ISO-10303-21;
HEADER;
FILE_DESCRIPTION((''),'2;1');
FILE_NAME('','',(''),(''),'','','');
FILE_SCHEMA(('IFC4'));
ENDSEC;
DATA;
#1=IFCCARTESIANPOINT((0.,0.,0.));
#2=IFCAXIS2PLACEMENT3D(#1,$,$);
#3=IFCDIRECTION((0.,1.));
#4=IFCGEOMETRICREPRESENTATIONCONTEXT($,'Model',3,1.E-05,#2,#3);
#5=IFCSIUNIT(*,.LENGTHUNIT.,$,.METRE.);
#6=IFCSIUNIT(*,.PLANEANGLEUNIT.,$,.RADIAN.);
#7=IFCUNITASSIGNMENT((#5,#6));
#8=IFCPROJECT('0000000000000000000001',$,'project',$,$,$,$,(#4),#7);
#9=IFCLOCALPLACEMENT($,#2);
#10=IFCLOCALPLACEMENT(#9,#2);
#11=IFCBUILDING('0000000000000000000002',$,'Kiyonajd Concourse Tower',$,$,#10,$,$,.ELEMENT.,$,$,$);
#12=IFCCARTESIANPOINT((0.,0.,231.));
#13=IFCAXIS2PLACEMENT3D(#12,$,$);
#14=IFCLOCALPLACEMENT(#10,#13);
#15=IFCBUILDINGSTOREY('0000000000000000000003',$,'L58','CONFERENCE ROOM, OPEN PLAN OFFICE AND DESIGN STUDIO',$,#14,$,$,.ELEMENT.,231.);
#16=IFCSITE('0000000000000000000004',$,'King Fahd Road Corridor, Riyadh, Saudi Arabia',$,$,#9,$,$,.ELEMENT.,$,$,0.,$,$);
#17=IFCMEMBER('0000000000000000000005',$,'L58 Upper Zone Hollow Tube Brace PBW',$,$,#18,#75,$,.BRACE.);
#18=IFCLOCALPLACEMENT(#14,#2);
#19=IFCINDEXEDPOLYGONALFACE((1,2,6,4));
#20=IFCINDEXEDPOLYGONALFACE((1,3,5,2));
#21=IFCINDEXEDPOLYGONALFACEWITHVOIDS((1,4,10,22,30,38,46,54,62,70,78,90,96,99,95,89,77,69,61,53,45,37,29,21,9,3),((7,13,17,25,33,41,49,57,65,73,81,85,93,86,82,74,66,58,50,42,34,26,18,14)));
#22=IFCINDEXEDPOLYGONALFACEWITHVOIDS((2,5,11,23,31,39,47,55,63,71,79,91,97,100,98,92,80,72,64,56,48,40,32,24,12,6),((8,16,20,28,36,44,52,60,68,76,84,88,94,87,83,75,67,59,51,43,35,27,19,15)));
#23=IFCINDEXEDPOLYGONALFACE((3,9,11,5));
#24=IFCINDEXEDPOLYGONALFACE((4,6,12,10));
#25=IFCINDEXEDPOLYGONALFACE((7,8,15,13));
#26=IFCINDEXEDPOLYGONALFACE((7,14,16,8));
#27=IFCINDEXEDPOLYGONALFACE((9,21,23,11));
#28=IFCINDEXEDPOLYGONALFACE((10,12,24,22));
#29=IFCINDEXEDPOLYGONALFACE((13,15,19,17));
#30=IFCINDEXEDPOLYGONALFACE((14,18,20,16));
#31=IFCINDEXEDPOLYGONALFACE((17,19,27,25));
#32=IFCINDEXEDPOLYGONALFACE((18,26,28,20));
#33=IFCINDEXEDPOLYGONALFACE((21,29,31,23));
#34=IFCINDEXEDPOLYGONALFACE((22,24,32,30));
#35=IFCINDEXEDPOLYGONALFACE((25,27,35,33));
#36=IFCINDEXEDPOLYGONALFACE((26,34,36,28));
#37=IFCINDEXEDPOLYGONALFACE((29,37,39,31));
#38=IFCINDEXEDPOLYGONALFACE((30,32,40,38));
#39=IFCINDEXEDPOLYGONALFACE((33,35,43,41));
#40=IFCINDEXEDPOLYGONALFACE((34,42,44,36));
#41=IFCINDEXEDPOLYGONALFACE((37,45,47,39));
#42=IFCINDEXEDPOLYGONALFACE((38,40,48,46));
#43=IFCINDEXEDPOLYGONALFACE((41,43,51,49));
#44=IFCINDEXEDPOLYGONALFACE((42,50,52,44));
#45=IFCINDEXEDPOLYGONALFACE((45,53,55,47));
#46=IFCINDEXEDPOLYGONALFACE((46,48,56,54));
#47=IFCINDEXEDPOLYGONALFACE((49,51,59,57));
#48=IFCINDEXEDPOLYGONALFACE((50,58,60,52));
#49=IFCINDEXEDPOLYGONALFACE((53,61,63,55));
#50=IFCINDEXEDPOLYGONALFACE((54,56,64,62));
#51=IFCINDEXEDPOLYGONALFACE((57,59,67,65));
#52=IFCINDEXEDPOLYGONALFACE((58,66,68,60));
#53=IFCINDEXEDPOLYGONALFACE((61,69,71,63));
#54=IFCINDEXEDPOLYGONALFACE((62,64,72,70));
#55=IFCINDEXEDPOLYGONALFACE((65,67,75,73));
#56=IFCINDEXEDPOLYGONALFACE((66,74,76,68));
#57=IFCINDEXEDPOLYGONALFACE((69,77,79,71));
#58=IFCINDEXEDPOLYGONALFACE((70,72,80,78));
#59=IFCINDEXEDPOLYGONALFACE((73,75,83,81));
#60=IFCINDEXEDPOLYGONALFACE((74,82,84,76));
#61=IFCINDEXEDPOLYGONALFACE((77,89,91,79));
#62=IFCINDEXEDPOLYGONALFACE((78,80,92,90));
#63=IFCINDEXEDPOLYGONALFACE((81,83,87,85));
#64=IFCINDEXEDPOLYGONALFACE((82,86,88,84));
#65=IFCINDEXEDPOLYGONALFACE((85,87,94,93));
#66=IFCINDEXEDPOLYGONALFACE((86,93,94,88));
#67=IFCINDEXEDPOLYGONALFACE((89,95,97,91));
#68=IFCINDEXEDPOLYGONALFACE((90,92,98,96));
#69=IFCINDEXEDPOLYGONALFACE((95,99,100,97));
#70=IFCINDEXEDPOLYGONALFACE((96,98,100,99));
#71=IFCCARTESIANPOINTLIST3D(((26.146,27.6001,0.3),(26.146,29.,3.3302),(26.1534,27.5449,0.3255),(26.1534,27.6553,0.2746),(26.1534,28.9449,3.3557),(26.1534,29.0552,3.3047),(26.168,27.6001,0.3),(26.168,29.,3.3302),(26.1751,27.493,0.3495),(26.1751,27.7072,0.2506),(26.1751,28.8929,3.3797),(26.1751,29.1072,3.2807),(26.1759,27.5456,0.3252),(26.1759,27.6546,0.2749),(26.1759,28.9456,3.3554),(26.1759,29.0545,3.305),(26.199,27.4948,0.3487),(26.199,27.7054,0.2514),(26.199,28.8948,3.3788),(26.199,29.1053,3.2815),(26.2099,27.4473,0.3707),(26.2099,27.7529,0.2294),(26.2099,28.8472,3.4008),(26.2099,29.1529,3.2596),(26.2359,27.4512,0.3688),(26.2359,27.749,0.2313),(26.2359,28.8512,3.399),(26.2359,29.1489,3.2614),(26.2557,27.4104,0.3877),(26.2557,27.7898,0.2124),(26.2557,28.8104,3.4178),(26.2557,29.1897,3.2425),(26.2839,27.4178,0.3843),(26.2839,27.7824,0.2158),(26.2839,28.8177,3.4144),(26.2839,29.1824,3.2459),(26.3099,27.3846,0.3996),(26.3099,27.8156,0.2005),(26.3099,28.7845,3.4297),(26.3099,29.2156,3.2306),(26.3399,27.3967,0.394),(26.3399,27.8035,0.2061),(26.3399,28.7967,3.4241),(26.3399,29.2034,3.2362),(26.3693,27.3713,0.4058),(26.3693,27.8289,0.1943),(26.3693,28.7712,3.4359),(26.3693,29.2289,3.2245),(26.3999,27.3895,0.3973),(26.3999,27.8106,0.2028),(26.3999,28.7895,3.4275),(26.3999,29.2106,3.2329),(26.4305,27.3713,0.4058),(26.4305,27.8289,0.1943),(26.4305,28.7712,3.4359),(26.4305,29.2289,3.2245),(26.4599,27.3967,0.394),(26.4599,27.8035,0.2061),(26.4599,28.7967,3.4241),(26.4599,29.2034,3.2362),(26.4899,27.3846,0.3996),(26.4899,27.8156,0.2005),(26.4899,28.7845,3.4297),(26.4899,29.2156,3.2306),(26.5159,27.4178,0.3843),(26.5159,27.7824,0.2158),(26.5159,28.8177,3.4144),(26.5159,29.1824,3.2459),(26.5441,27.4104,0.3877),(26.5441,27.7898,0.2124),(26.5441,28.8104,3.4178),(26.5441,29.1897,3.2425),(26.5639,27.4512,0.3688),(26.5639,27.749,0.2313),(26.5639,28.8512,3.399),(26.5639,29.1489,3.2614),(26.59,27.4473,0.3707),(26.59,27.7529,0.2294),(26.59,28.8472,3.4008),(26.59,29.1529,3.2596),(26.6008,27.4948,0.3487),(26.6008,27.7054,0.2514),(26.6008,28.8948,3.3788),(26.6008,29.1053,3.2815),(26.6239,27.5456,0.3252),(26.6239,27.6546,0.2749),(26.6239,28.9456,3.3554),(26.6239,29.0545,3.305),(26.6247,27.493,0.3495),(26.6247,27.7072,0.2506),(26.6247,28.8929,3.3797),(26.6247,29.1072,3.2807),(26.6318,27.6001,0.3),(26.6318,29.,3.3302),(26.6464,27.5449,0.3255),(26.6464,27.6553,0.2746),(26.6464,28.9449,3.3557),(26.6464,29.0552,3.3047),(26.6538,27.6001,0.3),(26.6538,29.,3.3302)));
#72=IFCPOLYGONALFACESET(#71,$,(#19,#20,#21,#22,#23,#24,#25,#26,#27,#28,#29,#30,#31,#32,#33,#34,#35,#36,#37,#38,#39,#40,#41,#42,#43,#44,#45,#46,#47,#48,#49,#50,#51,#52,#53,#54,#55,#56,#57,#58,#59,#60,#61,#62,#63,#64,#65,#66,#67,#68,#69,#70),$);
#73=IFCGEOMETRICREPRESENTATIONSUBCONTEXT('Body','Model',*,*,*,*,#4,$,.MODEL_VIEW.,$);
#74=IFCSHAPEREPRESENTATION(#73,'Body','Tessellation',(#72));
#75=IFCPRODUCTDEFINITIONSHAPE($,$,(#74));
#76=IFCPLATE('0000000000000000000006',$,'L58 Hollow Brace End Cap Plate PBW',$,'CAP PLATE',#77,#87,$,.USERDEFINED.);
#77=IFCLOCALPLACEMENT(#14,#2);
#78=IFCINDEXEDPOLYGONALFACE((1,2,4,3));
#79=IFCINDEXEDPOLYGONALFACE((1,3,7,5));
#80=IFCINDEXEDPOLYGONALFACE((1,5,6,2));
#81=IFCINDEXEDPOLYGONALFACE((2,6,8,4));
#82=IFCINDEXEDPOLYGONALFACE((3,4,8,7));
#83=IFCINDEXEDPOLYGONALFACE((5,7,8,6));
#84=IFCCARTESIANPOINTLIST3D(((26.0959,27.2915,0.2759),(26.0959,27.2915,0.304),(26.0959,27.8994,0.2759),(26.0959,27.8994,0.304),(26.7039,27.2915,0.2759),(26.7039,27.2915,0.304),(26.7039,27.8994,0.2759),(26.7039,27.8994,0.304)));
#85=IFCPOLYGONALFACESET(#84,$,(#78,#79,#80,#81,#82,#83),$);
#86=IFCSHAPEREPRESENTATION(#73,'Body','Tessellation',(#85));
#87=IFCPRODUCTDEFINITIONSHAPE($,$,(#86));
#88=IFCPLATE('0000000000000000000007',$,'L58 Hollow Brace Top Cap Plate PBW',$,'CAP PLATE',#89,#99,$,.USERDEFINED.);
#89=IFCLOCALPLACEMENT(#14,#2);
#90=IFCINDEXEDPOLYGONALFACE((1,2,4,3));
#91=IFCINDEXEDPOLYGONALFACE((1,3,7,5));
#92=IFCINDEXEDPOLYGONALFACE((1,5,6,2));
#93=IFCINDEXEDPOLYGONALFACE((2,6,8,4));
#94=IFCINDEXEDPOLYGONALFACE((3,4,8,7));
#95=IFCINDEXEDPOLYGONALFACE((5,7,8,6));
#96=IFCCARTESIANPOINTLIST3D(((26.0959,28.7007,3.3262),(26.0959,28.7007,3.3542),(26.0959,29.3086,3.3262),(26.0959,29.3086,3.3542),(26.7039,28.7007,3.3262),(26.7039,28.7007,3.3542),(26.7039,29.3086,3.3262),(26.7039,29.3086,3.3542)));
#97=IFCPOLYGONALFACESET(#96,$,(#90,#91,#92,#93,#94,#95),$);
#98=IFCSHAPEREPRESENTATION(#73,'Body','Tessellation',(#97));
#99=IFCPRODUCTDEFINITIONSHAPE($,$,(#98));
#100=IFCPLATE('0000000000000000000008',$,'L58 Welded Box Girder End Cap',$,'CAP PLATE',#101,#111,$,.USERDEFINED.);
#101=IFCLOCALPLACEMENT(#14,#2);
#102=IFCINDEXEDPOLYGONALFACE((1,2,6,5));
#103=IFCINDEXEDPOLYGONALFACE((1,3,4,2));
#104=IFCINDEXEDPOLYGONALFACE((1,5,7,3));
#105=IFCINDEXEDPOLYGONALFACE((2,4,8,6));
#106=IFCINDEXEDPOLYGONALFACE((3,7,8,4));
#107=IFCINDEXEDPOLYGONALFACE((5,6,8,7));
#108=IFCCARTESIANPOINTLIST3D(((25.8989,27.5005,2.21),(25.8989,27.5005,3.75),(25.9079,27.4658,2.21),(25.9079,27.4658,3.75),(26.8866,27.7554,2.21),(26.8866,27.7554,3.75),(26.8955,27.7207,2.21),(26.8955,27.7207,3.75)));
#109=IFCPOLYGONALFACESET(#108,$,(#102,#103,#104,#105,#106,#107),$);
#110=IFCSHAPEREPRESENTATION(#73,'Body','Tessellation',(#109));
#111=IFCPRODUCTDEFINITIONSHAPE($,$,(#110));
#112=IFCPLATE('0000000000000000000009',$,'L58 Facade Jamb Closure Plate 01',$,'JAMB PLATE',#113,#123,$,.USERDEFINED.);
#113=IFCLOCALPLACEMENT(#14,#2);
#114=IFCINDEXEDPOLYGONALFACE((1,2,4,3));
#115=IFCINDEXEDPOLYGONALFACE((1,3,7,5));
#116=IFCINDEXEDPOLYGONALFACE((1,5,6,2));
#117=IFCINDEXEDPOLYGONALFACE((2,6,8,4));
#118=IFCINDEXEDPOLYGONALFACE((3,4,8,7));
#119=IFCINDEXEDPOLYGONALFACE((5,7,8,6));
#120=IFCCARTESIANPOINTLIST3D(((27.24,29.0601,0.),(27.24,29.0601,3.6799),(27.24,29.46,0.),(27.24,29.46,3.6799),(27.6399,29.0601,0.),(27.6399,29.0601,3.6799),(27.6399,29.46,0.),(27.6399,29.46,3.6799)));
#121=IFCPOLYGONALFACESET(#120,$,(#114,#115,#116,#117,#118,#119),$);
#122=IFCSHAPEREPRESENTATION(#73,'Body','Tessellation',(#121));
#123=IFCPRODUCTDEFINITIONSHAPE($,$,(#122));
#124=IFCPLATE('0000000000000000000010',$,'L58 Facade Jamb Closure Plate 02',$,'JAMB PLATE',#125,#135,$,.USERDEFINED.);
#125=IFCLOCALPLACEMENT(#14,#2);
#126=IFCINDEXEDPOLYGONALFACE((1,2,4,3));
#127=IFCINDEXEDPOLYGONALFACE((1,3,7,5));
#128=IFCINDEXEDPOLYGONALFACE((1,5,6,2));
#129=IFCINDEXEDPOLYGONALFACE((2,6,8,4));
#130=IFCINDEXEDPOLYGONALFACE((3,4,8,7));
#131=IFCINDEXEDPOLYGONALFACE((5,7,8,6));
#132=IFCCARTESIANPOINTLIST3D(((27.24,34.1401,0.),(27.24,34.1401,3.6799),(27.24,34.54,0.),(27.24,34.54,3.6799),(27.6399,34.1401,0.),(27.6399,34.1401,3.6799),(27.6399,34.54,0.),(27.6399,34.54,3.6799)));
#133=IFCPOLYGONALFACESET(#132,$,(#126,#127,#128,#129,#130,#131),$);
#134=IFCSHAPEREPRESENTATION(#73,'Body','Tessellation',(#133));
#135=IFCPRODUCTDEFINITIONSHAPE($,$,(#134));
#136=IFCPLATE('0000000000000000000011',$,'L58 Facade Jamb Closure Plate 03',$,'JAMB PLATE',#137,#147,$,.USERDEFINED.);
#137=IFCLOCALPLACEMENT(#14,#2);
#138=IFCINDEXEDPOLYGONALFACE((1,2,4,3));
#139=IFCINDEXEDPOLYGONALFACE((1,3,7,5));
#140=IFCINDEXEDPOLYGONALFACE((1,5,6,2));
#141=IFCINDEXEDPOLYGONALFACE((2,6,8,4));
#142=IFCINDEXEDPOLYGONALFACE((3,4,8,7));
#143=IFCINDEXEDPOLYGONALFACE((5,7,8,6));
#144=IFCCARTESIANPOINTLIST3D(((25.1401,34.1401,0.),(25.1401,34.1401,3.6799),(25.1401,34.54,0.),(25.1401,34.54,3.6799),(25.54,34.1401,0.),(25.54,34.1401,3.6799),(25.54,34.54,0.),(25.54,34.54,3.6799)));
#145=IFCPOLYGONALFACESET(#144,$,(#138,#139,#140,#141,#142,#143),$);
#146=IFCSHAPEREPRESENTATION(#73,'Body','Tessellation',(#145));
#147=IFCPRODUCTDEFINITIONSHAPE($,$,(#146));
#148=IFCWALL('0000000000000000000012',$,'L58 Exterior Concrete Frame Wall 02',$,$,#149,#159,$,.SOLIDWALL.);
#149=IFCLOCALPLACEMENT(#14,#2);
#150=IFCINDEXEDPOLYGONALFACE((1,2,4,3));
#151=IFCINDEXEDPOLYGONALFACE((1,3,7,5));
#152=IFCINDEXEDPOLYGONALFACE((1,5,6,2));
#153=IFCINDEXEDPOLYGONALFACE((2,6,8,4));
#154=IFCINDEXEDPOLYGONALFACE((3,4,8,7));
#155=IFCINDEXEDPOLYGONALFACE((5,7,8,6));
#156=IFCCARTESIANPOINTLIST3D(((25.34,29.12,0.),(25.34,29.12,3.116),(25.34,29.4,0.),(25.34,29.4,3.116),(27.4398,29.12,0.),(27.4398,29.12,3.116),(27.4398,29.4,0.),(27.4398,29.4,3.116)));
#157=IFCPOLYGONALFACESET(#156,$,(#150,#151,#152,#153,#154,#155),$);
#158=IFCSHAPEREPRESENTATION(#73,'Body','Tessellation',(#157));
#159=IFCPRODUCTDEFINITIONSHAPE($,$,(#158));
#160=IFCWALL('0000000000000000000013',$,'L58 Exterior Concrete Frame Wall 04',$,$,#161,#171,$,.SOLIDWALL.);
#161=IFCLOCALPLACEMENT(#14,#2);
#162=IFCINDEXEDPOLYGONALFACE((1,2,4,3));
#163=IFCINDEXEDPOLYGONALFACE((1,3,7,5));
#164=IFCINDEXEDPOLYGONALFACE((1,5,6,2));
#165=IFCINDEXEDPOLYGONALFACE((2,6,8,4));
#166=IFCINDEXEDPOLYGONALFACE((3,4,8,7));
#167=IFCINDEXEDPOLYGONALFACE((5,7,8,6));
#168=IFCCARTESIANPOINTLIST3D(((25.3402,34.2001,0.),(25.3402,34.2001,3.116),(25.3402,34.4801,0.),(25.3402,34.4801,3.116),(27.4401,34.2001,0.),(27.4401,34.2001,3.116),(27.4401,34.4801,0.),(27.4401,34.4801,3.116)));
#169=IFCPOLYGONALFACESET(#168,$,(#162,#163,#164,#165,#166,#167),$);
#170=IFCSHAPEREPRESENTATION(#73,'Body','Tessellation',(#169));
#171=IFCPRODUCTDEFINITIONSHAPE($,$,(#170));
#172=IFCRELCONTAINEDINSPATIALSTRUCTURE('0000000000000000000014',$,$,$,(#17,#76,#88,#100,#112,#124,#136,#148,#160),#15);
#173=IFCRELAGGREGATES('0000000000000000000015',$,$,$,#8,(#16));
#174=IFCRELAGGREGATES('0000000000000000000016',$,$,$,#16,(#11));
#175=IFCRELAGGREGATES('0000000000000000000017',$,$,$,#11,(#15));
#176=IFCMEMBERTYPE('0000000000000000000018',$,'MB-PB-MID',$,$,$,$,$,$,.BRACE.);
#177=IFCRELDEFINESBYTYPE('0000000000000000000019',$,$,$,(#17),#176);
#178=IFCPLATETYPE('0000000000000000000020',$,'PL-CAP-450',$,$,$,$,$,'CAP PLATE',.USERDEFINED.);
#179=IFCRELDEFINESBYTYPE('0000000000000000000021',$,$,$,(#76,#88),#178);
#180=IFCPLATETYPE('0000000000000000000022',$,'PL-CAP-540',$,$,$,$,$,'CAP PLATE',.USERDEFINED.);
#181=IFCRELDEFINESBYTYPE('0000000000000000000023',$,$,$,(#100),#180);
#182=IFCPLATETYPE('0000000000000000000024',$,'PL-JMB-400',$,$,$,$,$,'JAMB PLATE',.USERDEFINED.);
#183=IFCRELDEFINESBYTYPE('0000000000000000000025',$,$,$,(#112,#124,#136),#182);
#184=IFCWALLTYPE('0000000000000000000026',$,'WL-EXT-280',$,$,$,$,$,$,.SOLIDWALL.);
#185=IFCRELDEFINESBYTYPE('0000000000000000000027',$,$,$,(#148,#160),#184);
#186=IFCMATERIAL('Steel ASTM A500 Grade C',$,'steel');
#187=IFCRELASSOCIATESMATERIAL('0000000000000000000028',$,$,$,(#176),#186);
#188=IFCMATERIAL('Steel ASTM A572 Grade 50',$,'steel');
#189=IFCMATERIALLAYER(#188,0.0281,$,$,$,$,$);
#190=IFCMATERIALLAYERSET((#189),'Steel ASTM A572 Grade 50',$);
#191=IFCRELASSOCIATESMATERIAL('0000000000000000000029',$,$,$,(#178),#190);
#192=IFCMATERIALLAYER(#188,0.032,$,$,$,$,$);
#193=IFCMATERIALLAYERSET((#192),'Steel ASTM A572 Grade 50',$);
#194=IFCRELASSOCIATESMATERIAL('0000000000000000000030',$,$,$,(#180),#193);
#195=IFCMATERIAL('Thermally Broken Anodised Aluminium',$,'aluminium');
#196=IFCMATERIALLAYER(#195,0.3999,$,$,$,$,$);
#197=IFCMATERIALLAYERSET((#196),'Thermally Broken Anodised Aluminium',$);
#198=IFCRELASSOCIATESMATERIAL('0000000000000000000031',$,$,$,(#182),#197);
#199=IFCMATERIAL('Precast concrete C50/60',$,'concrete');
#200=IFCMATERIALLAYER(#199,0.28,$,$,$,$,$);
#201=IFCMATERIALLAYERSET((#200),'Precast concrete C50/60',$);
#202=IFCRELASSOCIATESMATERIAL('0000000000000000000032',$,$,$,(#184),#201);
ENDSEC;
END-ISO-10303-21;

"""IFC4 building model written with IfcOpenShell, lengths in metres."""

from ifc_helpers import new_model, si_unit, direction, frame, frame_2d, origin, origin_2d, place, context, subcontext, project, spatial, rectangle, hollow_circle, extrude, material, layer, layer_set, material_profile, profile_set, type_object, element, save


model = new_model("IFC4")

# Units and contexts
model_context = context("Model", 3, precision=1e-05, world=origin(), true_north=direction((0.0, 1.0)))
body_context = subcontext(model_context, "Body", "Model", "MODEL_VIEW")
ifc_project = project(units=[si_unit("LENGTHUNIT", "METRE"), si_unit("PLANEANGLEUNIT", "RADIAN")], contexts=[model_context])

# Site, building, storey
site_placement = place(None, origin())
site = spatial("IfcSite", under=ifc_project, at=site_placement, Name="King Fahd Road Corridor, Riyadh, Saudi Arabia", CompositionType="ELEMENT", RefElevation=0.0)
building_placement = place(site_placement, origin())
building = spatial("IfcBuilding", under=site, at=building_placement, Name="Kiyonajd Concourse Tower", CompositionType="ELEMENT")
storey_placement = place(building_placement, frame((0.0, 0.0, 231.0)))
storey = spatial("IfcBuildingStorey", under=building, at=storey_placement, Name="L58", Description="CONFERENCE ROOM, OPEN PLAN OFFICE AND DESIGN STUDIO", CompositionType="ELEMENT", Elevation=231.0)

# Shared definitions
ifc_material_1 = material(Name="Steel ASTM A572 Grade 50", Category="steel")

# Shared definitions
ifc_material_2 = material(Name="Thermally Broken Anodised Aluminium", Category="aluminium")

# Member
ifc_material_3 = material(Name="Steel ASTM A500 Grade C", Category="steel")
ifc_material_profile_1 = material_profile(ifc_material_3, hollow_circle(Radius=0.2539, WallThickness=0.022, at=origin_2d()), Name="CHS-508x22")
ifc_profile_set_1 = profile_set([ifc_material_profile_1], Name="Steel ASTM A500 Grade C")
member_type_1 = type_object("IfcMemberType", Name="MB-PB-MID", PredefinedType="BRACE", material=ifc_profile_set_1)
member_1_placement = place(storey_placement, frame((26.3999, 27.6001, 0.3), z_axis=(0.0, 0.419411, 0.907797), x_axis=(-1.0, 0.0, 0.0)))
element("IfcMember", 1, at=member_1_placement, inside=storey, type_object=member_type_1, Name="L58 Upper Zone Hollow Tube Brace PBW", PredefinedType="BRACE", context=body_context, shape_type="SweptSolid", body=[
    extrude(hollow_circle(Radius=0.2539, WallThickness=0.022, at=origin_2d()), origin(), (0.0, 0.0, 1.0), 3.3379),
])

# Plates
ifc_layer_1 = layer(ifc_material_1, 0.0281)
ifc_layer_set_1 = layer_set([ifc_layer_1], Name="Steel ASTM A572 Grade 50")
plate_type_1 = type_object("IfcPlateType", Name="PL-CAP-450", ElementType="CAP PLATE", PredefinedType="USERDEFINED", material=ifc_layer_set_1)
for number, where, z_axis, x_axis, name in (
    (2, (26.3999, 27.5955, 0.2759), (0.0, 0.0, 1.0), (1.0, 0.0, 0.0), "L58 Hollow Brace End Cap Plate PBW"),
    (3, (26.3999, 29.0046, 3.3262), (0.0, 0.0, 1.0), (1.0, 0.0, 0.0), "L58 Hollow Brace Top Cap Plate PBW"),
):
    element("IfcPlate", number, at=place(storey_placement, frame(where, z_axis=z_axis, x_axis=x_axis)), inside=storey, type_object=plate_type_1, Name=name, ObjectType="CAP PLATE", PredefinedType="USERDEFINED", context=body_context, shape_type="SweptSolid", body=[
        extrude(rectangle(XDim=0.6079, YDim=0.6079, at=origin_2d()), origin(), (0.0, 0.0, 1.0), 0.0281),
    ])
ifc_layer_2 = layer(ifc_material_1, 0.032)
ifc_layer_set_2 = layer_set([ifc_layer_2], Name="Steel ASTM A572 Grade 50")
plate_type_2 = type_object("IfcPlateType", Name="PL-CAP-540", ElementType="CAP PLATE", PredefinedType="USERDEFINED", material=ifc_layer_set_2)
plate_placement = place(storey_placement, frame((26.3972, 27.6106, 2.21), z_axis=(0.0, 0.0, 1.0), x_axis=(-0.249873, 0.968279, 0.0)))
element("IfcPlate", 4, at=plate_placement, inside=storey, type_object=plate_type_2, Name="L58 Welded Box Girder End Cap", ObjectType="CAP PLATE", PredefinedType="USERDEFINED", context=body_context, shape_type="SweptSolid", body=[
    extrude(rectangle(XDim=0.0359, YDim=1.02, at=origin_2d()), origin(), (0.0, 0.0, 1.0), 1.54),
])
ifc_layer_3 = layer(ifc_material_2, 0.3999)
ifc_layer_set_3 = layer_set([ifc_layer_3], Name="Thermally Broken Anodised Aluminium")
plate_type_3 = type_object("IfcPlateType", Name="PL-JMB-400", ElementType="JAMB PLATE", PredefinedType="USERDEFINED", material=ifc_layer_set_3)
for number, where, z_axis, x_axis, name in (
    (5, (27.4399, 29.26, 0.0), (0.0, 0.0, 1.0), (1.0, 0.0, 0.0), "L58 Facade Jamb Closure Plate 01"),
    (6, (27.4399, 34.3401, 0.0), (0.0, 0.0, 1.0), (1.0, 0.0, 0.0), "L58 Facade Jamb Closure Plate 02"),
    (7, (25.3401, 34.3401, 0.0), (0.0, 0.0, 1.0), (1.0, 0.0, 0.0), "L58 Facade Jamb Closure Plate 03"),
):
    element("IfcPlate", number, at=place(storey_placement, frame(where, z_axis=z_axis, x_axis=x_axis)), inside=storey, type_object=plate_type_3, Name=name, ObjectType="JAMB PLATE", PredefinedType="USERDEFINED", context=body_context, shape_type="SweptSolid", body=[
        extrude(rectangle(XDim=0.3999, YDim=0.3999, at=origin_2d()), origin(), (0.0, 0.0, 1.0), 3.6799),
    ])

# Walls
ifc_material_4 = material(Name="Precast concrete C50/60", Category="concrete")
ifc_layer_4 = layer(ifc_material_4, 0.28)
ifc_layer_set_4 = layer_set([ifc_layer_4], Name="Precast concrete C50/60")
wall_type_1 = type_object("IfcWallType", Name="WL-EXT-280", PredefinedType="SOLIDWALL", material=ifc_layer_set_4)
for number, where, z_axis, x_axis, name in (
    (8, (25.3401, 29.26, 0.0), (0.0, 0.0, 1.0), (1.0, 0.0, 0.0), "L58 Exterior Concrete Frame Wall 02"),
    (9, (27.4399, 34.3401, 0.0), (0.0, 0.0, 1.0), (-1.0, 0.0, 0.0), "L58 Exterior Concrete Frame Wall 04"),
):
    element("IfcWall", number, at=place(storey_placement, frame(where, z_axis=z_axis, x_axis=x_axis)), inside=storey, type_object=wall_type_1, Name=name, PredefinedType="SOLIDWALL", context=body_context, shape_type="SweptSolid", body=[
        extrude(rectangle(XDim=2.0999, YDim=0.28, at=frame_2d((1.0498, 0.0))), origin(), (0.0, 0.0, 1.0), 3.116),
    ])

save(model, "model.ifc")
